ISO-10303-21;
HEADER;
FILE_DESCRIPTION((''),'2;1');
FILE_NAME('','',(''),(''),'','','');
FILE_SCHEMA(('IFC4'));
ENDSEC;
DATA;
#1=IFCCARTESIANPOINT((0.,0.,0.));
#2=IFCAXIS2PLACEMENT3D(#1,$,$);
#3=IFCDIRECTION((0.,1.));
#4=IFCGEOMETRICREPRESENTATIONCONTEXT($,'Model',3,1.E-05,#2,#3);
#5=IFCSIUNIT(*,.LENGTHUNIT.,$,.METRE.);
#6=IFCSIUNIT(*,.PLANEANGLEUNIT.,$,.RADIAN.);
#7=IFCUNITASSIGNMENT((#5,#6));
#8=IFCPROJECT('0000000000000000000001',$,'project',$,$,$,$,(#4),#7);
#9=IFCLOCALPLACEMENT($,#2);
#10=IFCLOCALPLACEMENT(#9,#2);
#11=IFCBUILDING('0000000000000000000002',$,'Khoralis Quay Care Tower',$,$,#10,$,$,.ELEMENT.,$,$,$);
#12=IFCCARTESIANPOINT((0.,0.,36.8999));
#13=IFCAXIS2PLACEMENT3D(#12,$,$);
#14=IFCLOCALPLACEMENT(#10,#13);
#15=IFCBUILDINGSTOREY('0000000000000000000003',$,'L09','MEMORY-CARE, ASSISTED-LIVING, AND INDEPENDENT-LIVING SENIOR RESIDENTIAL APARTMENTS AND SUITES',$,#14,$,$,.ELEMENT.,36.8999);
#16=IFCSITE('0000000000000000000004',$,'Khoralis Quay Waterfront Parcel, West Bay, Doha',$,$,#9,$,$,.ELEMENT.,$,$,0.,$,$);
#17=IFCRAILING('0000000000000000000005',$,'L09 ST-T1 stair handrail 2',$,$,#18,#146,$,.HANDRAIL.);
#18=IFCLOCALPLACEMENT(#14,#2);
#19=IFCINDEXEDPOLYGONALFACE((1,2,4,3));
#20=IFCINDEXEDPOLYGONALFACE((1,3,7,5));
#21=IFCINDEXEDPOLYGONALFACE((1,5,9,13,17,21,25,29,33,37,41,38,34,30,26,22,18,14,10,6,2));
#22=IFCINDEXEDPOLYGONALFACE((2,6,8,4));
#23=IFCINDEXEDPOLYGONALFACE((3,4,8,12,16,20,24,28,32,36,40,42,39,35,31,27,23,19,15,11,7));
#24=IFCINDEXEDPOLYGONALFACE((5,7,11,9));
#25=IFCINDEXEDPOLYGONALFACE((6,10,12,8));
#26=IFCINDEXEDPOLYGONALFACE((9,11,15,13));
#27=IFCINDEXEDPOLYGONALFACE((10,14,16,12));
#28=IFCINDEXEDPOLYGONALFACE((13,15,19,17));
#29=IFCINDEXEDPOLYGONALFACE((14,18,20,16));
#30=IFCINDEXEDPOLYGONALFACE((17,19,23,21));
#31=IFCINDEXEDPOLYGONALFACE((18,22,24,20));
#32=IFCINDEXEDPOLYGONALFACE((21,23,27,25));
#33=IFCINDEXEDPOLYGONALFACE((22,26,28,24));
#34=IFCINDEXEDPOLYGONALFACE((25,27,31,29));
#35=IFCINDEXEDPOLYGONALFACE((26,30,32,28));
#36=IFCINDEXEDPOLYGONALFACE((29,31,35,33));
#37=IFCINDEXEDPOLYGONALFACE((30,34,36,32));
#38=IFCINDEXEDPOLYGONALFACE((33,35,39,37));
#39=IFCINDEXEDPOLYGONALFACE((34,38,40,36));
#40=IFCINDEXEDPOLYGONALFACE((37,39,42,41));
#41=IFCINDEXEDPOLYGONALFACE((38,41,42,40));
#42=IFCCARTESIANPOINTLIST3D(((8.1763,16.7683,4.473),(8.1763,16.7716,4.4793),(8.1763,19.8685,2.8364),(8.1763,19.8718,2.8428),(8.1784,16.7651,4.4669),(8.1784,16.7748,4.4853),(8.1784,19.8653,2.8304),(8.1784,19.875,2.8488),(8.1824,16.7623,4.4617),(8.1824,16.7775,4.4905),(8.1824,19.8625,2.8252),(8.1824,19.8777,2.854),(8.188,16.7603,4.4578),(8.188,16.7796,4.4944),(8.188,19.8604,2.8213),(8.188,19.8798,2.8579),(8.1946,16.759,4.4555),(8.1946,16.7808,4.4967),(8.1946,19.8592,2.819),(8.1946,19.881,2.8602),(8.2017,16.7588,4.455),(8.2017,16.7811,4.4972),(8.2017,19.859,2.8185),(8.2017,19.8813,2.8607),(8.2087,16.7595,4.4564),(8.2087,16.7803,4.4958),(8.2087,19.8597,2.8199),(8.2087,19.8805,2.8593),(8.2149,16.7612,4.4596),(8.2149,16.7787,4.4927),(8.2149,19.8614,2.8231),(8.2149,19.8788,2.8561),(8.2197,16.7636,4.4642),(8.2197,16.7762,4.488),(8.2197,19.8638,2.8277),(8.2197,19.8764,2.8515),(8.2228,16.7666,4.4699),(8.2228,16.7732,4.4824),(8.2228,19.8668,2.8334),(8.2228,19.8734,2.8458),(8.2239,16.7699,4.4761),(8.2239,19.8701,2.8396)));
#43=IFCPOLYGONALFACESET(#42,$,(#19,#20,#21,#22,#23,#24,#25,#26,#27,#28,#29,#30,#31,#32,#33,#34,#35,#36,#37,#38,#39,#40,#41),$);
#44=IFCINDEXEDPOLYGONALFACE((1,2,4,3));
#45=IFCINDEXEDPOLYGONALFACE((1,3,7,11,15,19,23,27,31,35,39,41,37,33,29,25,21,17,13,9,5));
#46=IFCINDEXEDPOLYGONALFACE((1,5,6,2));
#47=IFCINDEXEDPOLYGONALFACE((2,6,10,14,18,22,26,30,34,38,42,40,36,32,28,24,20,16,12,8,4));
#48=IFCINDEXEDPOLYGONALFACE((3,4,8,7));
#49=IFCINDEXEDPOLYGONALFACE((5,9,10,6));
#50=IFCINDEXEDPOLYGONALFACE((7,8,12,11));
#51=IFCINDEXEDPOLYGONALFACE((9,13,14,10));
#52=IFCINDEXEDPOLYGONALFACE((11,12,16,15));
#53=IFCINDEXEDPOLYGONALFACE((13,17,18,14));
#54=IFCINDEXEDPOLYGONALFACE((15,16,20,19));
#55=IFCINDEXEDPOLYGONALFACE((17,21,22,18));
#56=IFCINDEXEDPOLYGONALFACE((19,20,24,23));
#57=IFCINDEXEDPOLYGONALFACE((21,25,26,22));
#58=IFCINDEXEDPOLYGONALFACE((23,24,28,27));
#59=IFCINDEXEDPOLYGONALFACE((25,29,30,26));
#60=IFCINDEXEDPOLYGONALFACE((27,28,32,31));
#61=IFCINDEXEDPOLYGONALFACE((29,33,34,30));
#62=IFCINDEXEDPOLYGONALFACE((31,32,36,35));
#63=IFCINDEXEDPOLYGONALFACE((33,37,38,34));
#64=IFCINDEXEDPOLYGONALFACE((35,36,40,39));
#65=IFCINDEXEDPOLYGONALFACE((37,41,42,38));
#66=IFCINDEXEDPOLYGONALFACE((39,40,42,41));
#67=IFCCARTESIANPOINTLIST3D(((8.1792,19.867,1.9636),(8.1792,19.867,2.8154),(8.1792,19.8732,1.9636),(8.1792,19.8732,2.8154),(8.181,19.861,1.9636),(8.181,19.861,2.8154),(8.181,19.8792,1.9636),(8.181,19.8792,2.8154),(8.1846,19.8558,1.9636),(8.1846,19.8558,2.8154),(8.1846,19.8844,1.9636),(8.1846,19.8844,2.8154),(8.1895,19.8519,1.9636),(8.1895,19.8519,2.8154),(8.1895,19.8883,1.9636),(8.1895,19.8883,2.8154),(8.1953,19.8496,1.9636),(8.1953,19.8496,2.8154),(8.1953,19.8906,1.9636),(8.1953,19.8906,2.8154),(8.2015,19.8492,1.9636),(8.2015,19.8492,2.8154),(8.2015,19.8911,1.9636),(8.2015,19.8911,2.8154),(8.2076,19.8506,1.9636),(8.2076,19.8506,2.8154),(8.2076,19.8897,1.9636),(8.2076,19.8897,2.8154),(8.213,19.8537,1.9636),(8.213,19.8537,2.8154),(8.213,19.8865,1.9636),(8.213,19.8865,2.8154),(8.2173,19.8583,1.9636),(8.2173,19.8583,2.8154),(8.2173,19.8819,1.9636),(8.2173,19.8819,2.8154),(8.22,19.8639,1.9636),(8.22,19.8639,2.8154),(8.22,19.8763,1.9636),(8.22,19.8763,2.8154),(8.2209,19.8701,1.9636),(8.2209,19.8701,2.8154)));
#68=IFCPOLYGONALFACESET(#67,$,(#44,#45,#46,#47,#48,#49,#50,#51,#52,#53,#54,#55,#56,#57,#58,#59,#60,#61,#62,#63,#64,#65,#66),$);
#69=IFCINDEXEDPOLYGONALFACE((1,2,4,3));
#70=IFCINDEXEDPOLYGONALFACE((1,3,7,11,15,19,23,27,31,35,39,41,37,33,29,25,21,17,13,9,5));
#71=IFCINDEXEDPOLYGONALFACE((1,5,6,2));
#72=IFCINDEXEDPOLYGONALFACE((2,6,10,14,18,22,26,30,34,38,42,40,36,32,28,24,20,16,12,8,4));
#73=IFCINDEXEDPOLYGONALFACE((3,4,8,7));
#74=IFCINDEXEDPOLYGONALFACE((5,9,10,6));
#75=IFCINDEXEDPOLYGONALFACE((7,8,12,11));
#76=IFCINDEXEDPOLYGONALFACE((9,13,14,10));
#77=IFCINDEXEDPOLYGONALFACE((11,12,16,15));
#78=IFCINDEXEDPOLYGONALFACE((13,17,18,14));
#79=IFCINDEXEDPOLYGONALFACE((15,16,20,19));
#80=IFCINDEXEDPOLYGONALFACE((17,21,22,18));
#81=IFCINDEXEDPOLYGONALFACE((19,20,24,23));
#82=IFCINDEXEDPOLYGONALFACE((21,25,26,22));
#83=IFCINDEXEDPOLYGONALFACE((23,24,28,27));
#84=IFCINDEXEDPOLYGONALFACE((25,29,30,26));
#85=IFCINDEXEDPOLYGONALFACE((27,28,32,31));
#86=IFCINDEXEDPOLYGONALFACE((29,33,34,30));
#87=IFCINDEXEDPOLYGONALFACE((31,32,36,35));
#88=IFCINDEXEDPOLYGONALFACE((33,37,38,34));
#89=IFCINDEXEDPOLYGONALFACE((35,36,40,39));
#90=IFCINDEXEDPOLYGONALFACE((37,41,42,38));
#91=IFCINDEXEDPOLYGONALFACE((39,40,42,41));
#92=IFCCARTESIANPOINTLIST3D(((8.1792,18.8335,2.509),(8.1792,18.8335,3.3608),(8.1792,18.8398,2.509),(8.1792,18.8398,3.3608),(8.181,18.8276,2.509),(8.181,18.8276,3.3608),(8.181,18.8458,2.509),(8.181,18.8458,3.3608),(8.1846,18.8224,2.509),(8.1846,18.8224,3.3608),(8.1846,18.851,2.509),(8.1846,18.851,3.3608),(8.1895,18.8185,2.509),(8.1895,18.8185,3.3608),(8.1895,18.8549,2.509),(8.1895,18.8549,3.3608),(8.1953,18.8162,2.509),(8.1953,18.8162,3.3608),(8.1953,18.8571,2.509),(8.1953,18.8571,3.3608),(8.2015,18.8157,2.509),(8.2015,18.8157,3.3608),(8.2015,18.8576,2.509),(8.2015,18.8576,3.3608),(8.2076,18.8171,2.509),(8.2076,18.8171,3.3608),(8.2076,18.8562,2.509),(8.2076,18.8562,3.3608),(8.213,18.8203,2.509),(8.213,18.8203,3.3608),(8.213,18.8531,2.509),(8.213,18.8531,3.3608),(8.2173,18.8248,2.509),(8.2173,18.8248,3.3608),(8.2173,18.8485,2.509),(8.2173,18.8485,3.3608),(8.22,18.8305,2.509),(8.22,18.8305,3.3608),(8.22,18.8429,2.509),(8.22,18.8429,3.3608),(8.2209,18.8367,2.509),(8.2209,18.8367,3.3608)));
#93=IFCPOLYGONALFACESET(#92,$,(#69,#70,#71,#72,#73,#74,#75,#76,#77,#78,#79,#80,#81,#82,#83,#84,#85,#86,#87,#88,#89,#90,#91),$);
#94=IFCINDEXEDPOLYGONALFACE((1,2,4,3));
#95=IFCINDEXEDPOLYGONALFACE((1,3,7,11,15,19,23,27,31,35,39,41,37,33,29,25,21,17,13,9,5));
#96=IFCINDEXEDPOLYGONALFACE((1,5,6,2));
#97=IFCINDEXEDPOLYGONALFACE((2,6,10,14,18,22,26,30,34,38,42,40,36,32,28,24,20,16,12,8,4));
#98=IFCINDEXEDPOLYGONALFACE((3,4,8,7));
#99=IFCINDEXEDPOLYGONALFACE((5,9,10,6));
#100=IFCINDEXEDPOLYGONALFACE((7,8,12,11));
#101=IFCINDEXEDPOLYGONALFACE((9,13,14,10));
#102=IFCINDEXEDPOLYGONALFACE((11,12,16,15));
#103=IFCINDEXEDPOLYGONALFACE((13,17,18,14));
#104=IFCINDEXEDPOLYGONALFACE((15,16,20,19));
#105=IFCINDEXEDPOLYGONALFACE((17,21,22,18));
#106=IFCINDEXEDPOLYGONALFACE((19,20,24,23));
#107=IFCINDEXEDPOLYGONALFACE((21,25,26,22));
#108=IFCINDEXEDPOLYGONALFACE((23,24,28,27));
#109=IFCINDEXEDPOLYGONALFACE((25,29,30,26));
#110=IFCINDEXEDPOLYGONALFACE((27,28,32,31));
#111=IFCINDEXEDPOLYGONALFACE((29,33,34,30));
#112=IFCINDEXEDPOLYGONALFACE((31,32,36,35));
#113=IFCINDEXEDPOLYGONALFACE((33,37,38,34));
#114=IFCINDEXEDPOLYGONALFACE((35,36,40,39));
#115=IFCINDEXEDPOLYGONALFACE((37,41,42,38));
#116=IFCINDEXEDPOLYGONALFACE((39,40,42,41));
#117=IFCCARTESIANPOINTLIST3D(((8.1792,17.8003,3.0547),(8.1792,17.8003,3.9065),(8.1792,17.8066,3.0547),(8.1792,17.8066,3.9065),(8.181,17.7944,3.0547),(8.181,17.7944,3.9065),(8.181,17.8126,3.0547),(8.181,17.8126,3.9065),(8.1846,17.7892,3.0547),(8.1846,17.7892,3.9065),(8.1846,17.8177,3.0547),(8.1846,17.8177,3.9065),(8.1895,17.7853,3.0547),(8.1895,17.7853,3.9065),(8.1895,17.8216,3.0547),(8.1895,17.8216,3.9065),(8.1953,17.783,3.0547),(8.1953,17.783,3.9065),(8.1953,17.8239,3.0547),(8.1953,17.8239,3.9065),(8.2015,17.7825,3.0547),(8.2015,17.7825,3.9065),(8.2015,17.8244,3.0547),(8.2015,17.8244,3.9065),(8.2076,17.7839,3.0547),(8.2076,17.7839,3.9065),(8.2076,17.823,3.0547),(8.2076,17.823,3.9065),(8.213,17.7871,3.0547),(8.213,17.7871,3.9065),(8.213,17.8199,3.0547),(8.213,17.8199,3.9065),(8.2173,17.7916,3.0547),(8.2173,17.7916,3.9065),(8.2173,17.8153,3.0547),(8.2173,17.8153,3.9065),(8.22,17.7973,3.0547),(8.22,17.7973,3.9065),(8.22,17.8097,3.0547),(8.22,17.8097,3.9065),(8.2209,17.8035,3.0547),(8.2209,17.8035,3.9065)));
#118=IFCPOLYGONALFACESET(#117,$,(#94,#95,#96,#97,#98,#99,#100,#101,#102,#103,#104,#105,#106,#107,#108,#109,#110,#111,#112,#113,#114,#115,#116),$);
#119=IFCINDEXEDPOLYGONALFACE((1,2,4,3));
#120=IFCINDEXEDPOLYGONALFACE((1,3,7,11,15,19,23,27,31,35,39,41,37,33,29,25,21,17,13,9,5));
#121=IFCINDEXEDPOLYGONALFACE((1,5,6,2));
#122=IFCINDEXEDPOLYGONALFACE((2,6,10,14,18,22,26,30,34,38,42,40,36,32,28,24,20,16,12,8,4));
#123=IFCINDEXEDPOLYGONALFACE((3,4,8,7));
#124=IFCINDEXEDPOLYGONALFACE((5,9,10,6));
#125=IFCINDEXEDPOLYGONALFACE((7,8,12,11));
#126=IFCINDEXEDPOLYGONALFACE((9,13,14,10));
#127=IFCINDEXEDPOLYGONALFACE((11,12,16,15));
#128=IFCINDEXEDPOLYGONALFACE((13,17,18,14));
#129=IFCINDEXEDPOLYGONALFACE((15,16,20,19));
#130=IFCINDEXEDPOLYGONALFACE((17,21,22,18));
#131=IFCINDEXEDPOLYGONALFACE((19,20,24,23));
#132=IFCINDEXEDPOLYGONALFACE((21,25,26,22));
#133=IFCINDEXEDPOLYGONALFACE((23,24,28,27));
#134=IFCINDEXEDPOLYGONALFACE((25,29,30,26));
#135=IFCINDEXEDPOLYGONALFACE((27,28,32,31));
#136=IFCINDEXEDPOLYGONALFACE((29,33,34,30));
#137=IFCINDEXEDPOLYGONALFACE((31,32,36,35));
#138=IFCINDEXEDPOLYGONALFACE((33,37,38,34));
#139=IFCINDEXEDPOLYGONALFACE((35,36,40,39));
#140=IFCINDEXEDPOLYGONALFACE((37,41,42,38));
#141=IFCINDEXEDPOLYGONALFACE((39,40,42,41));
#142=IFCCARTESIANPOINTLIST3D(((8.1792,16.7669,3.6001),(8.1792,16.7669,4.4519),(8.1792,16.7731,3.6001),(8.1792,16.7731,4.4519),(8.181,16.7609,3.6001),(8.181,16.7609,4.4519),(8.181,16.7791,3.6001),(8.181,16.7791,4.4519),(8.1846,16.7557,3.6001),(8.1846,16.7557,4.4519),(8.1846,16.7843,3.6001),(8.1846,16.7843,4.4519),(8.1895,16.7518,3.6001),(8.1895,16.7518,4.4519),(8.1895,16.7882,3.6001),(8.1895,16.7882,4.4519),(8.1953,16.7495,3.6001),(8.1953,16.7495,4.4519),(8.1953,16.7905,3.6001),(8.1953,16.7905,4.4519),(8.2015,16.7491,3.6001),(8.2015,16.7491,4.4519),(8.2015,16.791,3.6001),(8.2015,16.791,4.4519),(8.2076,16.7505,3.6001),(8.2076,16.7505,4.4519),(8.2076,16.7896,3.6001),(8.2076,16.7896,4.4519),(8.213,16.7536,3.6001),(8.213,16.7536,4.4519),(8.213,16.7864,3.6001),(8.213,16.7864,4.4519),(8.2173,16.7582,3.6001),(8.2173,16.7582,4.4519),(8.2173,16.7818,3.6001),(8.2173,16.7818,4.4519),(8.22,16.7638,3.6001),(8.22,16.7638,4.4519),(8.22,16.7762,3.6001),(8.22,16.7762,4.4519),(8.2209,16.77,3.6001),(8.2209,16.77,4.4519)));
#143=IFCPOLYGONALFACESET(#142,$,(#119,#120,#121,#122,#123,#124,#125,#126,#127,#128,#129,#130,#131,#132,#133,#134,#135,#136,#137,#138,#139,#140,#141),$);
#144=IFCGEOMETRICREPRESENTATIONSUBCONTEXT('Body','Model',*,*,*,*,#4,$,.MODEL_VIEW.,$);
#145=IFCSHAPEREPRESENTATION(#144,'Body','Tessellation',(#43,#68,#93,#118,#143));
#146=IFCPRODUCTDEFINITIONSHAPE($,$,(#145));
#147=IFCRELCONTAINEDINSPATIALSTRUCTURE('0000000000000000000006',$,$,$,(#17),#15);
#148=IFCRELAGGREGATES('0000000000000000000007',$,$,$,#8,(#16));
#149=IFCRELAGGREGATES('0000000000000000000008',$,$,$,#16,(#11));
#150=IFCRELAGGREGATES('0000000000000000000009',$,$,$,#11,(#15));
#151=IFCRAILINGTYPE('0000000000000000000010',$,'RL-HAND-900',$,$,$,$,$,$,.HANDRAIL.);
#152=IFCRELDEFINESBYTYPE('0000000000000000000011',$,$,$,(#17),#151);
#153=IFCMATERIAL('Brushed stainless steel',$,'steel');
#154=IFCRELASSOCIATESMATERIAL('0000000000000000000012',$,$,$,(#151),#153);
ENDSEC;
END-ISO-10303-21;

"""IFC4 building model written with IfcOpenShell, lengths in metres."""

from ifc_helpers import new_model, si_unit, direction, frame, origin, origin_2d, place, context, subcontext, project, spatial, circle, extrude, material, type_object, element, save


model = new_model("IFC4")

# Units and contexts
model_context = context("Model", 3, precision=1e-05, world=origin(), true_north=direction((0.0, 1.0)))
body_context = subcontext(model_context, "Body", "Model", "MODEL_VIEW")
ifc_project = project(units=[si_unit("LENGTHUNIT", "METRE"), si_unit("PLANEANGLEUNIT", "RADIAN")], contexts=[model_context])

# Site, building, storey
site_placement = place(None, origin())
site = spatial("IfcSite", under=ifc_project, at=site_placement, Name="Khoralis Quay Waterfront Parcel, West Bay, Doha", CompositionType="ELEMENT", RefElevation=0.0)
building_placement = place(site_placement, origin())
building = spatial("IfcBuilding", under=site, at=building_placement, Name="Khoralis Quay Care Tower", CompositionType="ELEMENT")
storey_placement = place(building_placement, frame((0.0, 0.0, 36.8999)))
storey = spatial("IfcBuildingStorey", under=building, at=storey_placement, Name="L09", Description="MEMORY-CARE, ASSISTED-LIVING, AND INDEPENDENT-LIVING SENIOR RESIDENTIAL APARTMENTS AND SUITES", CompositionType="ELEMENT", Elevation=36.8999)

# Shared definitions
ifc_material_1 = material(Name="Brushed stainless steel", Category="steel")

# Railing
railing_type_1 = type_object("IfcRailingType", Name="RL-HAND-900", PredefinedType="HANDRAIL", material=ifc_material_1)
railing_1_placement = place(storey_placement, frame((8.2, 19.8701, 1.9636)))
element("IfcRailing", 1, at=railing_1_placement, inside=storey, type_object=railing_type_1, Name="L09 ST-T1 stair handrail 2", PredefinedType="HANDRAIL", context=body_context, shape_type="SweptSolid", body=[
    extrude(circle(Radius=0.0239, at=origin_2d()), frame((0.0, 0.0, 0.876), z_axis=(0.0, -0.884348, 0.466828), x_axis=(1.0, 0.0, 0.0)), (0.0, 0.0, 1.0), 3.5056),
    extrude(circle(Radius=0.021, at=origin_2d()), origin(), (0.0, 0.0, 1.0), 0.8518),
    extrude(circle(Radius=0.021, at=origin_2d()), frame((0.0, -1.0334, 0.5454)), (0.0, 0.0, 1.0), 0.8518),
    extrude(circle(Radius=0.021, at=origin_2d()), frame((0.0, -2.0667, 1.0911)), (0.0, 0.0, 1.0), 0.8518),
    extrude(circle(Radius=0.021, at=origin_2d()), frame((0.0, -3.1001, 1.6365)), (0.0, 0.0, 1.0), 0.8518),
])

save(model, "model.ifc")
